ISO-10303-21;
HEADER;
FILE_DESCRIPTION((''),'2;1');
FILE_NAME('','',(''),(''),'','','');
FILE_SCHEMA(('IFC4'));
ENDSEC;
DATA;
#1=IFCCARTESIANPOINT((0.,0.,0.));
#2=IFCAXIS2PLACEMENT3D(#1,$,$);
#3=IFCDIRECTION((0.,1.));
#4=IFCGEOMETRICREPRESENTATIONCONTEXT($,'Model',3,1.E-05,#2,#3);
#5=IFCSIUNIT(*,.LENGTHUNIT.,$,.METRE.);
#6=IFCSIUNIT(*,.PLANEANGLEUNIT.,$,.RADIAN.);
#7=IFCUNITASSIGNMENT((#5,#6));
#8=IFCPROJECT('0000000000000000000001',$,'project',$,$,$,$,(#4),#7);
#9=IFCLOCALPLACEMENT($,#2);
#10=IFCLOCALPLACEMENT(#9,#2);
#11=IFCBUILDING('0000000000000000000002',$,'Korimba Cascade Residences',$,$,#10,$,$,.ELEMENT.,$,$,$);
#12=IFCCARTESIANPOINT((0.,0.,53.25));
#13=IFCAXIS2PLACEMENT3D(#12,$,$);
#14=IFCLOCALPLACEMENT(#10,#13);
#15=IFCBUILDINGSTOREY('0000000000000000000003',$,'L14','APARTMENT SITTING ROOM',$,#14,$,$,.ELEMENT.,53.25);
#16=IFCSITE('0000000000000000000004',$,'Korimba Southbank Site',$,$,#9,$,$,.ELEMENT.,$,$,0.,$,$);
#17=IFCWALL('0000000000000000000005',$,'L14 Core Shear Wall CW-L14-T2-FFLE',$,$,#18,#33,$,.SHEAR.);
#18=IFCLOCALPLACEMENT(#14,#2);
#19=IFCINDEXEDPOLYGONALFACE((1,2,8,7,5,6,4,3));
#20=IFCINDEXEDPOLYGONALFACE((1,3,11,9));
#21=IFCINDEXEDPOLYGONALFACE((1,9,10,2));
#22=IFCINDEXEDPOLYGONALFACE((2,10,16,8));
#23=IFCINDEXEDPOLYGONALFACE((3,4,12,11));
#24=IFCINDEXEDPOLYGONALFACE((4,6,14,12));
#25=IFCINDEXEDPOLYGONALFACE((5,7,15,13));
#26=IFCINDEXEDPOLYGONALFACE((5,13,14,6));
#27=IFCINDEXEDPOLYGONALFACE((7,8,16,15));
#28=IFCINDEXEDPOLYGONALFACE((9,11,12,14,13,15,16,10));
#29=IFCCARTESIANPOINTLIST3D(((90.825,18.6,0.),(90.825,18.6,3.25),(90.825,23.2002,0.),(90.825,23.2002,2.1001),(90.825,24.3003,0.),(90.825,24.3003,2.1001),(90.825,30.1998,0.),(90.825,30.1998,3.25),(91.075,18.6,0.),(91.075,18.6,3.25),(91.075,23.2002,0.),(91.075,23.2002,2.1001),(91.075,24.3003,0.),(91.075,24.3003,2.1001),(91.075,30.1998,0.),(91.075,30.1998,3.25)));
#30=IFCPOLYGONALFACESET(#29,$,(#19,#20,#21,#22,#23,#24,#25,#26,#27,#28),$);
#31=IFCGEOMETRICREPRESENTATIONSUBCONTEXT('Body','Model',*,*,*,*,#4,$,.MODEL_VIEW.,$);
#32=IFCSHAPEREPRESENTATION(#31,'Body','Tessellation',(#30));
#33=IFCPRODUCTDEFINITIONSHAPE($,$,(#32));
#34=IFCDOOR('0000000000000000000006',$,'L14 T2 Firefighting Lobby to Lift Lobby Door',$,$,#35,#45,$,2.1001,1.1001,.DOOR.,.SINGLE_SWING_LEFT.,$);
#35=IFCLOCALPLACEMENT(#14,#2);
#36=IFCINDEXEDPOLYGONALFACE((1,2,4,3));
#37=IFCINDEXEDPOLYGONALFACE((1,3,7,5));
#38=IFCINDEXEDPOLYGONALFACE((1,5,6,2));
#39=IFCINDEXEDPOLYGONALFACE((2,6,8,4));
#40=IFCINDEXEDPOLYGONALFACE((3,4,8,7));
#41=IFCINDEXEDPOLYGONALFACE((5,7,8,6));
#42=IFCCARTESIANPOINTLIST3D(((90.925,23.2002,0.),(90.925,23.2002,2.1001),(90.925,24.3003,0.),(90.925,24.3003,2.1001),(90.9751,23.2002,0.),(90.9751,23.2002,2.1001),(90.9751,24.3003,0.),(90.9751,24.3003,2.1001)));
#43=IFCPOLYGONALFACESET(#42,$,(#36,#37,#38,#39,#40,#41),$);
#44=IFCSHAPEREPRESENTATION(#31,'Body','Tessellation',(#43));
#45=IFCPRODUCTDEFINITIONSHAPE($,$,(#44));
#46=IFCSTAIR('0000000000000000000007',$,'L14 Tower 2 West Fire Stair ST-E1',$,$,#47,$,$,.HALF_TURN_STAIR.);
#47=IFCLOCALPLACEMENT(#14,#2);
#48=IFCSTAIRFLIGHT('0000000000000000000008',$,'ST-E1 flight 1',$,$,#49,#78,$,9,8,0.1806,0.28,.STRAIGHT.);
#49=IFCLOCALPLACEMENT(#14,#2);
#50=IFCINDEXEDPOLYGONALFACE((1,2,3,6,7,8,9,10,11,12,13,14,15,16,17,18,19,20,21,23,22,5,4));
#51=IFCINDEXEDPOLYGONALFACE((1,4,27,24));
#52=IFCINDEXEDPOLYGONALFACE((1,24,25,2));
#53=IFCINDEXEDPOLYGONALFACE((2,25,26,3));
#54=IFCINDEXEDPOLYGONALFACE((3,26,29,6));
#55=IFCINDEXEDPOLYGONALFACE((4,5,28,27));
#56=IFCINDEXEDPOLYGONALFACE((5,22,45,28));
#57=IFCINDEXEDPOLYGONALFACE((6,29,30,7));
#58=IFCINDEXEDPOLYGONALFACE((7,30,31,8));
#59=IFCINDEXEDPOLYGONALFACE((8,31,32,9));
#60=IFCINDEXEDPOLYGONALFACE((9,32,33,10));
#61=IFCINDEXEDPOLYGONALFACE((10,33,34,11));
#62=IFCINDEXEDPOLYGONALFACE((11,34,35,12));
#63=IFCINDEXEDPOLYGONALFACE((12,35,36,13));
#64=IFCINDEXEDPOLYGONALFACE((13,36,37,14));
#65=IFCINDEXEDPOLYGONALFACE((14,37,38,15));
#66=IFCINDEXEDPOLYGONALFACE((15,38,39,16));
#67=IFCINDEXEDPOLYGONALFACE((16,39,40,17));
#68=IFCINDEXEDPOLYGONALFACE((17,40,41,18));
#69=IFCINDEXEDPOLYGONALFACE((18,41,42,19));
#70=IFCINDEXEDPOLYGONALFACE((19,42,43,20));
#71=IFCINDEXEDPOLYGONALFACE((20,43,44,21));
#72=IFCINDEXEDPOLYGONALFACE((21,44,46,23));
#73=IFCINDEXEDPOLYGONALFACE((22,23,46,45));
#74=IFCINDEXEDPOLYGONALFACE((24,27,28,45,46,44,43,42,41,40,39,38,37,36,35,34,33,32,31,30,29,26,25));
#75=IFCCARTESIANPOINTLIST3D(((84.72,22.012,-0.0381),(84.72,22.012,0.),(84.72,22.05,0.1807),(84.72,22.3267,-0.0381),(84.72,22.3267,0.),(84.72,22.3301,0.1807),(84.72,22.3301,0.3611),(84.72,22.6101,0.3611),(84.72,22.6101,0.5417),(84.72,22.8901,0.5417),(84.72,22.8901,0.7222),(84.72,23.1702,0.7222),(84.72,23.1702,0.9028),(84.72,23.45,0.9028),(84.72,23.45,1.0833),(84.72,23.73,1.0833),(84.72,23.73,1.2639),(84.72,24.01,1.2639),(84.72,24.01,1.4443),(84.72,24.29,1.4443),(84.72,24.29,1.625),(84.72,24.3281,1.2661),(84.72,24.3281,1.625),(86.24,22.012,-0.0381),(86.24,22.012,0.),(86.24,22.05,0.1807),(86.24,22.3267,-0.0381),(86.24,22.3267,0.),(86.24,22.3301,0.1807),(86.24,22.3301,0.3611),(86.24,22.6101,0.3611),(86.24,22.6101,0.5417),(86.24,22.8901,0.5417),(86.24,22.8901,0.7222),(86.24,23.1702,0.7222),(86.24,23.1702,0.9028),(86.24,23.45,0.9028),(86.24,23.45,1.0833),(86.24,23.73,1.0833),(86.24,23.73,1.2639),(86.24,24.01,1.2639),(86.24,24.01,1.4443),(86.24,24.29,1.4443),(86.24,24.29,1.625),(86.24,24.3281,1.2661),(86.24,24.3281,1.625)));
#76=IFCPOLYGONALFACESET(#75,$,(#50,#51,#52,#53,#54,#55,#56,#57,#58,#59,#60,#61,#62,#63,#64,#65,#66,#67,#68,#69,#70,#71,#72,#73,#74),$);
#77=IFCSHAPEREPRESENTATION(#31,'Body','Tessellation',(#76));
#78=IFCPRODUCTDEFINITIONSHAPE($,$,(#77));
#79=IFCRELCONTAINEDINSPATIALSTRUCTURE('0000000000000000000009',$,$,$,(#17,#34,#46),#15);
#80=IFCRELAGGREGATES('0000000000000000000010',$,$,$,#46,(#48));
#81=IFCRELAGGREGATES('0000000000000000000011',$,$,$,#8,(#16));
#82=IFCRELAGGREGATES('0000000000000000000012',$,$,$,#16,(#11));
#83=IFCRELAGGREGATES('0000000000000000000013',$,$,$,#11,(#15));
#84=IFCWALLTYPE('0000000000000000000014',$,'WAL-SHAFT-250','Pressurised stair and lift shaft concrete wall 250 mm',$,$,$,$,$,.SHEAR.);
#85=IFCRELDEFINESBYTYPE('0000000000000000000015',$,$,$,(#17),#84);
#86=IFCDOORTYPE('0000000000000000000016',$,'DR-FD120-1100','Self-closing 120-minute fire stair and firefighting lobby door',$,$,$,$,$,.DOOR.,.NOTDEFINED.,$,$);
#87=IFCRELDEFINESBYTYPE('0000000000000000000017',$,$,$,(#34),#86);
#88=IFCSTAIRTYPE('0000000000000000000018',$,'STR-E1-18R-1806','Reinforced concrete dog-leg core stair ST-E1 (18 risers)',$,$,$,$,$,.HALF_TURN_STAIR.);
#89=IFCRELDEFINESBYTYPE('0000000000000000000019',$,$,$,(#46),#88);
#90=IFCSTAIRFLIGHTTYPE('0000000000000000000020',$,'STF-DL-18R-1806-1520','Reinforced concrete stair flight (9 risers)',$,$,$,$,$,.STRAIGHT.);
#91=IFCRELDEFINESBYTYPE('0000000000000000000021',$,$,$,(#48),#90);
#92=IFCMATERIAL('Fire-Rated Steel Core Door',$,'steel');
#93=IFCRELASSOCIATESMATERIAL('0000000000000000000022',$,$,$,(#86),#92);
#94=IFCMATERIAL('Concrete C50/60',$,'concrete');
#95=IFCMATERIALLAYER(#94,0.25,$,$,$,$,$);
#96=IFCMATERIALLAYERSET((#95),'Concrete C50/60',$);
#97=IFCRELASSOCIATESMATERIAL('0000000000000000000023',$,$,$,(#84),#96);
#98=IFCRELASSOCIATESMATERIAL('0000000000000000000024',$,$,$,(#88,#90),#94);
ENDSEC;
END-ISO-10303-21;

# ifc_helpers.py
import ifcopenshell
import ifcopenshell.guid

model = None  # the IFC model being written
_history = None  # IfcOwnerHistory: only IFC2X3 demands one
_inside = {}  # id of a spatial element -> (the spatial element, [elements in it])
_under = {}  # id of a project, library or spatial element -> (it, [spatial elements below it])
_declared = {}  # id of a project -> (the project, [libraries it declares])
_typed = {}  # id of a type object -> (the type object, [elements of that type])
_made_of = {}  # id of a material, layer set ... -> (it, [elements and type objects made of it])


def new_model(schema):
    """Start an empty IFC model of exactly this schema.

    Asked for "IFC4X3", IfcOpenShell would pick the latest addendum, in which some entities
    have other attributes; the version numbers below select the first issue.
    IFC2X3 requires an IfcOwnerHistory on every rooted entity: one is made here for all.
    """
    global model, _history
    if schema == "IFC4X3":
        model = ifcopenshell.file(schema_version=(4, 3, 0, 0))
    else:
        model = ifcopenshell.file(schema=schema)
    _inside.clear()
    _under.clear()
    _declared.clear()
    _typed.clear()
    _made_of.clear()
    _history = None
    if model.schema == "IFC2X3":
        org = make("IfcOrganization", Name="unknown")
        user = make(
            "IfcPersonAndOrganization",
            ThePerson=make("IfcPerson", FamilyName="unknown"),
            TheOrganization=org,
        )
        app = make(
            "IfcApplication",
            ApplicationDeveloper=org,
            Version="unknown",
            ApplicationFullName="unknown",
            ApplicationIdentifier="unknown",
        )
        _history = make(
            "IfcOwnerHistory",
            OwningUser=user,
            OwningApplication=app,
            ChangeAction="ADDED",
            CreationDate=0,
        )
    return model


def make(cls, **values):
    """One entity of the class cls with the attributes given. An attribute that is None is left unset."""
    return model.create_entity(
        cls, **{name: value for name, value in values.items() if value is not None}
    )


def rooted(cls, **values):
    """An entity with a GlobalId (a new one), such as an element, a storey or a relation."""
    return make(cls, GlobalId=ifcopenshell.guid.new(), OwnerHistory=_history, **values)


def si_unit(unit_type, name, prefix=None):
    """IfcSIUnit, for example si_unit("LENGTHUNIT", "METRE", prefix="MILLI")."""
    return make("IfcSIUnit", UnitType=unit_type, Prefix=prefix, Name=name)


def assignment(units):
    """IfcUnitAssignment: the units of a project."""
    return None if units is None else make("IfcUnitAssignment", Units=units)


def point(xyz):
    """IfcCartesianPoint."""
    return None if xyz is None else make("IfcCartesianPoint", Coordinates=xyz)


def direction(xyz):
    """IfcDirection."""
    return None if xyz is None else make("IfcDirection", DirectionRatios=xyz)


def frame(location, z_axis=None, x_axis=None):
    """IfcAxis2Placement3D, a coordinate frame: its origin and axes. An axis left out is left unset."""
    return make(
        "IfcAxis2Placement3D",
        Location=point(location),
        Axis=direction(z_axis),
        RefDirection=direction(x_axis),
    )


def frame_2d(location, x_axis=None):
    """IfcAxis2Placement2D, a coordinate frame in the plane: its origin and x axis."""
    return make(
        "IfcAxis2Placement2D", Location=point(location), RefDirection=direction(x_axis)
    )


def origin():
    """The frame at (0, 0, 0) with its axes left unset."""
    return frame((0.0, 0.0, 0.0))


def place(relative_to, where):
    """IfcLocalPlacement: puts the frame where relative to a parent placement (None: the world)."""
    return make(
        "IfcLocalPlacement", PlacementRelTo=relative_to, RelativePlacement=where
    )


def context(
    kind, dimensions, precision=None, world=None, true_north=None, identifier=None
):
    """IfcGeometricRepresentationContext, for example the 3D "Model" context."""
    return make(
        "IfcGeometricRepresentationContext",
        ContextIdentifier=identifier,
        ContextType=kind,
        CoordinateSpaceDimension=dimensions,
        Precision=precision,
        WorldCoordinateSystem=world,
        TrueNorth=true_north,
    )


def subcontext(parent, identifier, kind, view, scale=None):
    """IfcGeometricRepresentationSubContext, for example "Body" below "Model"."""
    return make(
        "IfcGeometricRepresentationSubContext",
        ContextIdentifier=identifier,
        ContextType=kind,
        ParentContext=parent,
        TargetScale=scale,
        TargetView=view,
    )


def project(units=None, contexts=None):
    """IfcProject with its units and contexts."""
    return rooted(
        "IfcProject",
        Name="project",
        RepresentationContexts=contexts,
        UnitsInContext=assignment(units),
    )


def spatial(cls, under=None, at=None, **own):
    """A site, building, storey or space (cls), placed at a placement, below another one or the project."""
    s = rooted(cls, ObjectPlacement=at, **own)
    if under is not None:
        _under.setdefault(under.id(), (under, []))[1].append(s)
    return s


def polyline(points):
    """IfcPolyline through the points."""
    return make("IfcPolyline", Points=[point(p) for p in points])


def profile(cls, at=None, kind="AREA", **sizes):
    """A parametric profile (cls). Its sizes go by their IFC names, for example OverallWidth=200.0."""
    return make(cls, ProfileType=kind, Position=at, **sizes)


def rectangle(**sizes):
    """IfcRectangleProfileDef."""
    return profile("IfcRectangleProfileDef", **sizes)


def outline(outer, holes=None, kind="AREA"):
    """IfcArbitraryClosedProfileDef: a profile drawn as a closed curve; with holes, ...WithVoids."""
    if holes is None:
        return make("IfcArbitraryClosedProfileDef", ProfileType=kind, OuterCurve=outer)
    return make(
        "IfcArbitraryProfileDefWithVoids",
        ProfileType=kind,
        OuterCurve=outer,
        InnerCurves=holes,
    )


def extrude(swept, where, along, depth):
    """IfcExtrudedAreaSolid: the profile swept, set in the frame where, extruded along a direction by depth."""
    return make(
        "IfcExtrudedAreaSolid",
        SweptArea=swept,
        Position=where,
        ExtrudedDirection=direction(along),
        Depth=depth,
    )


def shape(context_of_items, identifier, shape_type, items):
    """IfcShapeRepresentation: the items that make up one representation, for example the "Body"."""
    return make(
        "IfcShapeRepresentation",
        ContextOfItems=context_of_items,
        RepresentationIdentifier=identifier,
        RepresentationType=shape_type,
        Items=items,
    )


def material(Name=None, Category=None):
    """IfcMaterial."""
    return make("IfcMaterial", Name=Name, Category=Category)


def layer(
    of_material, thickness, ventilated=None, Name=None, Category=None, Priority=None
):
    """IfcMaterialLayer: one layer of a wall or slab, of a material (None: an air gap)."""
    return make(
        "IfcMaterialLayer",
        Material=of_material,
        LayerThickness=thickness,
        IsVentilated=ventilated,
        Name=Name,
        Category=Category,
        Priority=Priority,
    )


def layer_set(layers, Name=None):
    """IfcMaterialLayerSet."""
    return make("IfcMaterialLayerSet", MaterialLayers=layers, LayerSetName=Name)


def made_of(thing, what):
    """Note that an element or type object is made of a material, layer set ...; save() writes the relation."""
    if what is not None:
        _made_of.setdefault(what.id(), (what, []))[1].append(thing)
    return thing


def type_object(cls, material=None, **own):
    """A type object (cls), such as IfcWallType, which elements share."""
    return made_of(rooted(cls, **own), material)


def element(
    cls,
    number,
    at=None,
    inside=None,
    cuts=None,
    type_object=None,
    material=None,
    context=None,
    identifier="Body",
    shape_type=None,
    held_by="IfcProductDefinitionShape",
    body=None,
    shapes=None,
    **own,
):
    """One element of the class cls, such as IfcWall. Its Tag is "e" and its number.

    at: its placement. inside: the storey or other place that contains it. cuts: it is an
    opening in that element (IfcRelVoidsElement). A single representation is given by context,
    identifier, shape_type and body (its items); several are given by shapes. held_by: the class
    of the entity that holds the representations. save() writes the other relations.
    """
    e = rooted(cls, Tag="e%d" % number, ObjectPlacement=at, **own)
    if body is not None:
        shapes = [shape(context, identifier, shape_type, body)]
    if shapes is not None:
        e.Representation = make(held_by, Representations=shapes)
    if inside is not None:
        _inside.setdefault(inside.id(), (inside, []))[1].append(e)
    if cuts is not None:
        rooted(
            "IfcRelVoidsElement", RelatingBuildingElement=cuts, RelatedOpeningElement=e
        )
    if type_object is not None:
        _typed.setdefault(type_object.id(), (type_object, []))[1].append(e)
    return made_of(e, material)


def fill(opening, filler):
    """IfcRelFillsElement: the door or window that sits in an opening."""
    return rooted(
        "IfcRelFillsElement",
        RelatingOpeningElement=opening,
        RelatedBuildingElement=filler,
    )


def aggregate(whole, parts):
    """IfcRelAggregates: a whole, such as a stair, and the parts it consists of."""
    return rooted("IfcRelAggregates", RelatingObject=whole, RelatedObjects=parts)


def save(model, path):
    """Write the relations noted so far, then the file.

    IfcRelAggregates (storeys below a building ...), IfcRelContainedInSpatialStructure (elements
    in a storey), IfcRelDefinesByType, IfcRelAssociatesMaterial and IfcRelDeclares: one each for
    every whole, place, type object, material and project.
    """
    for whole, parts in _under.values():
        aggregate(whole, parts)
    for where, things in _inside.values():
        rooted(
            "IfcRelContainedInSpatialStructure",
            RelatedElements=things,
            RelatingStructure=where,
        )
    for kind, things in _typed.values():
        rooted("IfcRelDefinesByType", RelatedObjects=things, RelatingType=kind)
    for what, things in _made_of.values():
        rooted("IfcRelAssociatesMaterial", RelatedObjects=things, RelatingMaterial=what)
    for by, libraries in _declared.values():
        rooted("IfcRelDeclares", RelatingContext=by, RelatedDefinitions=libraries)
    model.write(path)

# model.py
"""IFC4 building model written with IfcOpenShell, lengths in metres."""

from ifc_helpers import new_model, si_unit, direction, frame, frame_2d, origin, place, context, subcontext, project, spatial, polyline, rectangle, outline, extrude, material, layer, layer_set, type_object, element, fill, aggregate, save


model = new_model("IFC4")

# Units and contexts
model_context = context("Model", 3, precision=1e-05, world=origin(), true_north=direction((0.0, 1.0)))
body_context = subcontext(model_context, "Body", "Model", "MODEL_VIEW")
ifc_project = project(units=[si_unit("LENGTHUNIT", "METRE"), si_unit("PLANEANGLEUNIT", "RADIAN")], contexts=[model_context])

# Site, building, storey
site_placement = place(None, origin())
site = spatial("IfcSite", under=ifc_project, at=site_placement, Name="Korimba Southbank Site", CompositionType="ELEMENT", RefElevation=0.0)
building_placement = place(site_placement, origin())
building = spatial("IfcBuilding", under=site, at=building_placement, Name="Korimba Cascade Residences", CompositionType="ELEMENT")
storey_placement = place(building_placement, frame((0.0, 0.0, 53.25)))
storey = spatial("IfcBuildingStorey", under=building, at=storey_placement, Name="L14", Description="APARTMENT SITTING ROOM", CompositionType="ELEMENT", Elevation=53.25)

# Shared definitions
ifc_material_1 = material(Name="Concrete C50/60", Category="concrete")

# Shared definitions
ifc_material_2 = material(Name="Fire-Rated Steel Core Door", Category="steel")
door_type_1 = type_object("IfcDoorType", Name="DR-FD120-1100", Description="Self-closing 120-minute fire stair and firefighting lobby door", OperationType="NOTDEFINED", PredefinedType="DOOR", material=ifc_material_2)

# Shared definitions
ifc_layer_1 = layer(ifc_material_1, 0.25)
ifc_layer_set_1 = layer_set([ifc_layer_1], Name="Concrete C50/60")
wall_type_1 = type_object("IfcWallType", Name="WAL-SHAFT-250", Description="Pressurised stair and lift shaft concrete wall 250 mm", PredefinedType="SHEAR", material=ifc_layer_set_1)

# Wall, opening, door
wall_1_placement = place(storey_placement, frame((90.95, 18.6001, 0.0), z_axis=(0.0, 0.0, 1.0), x_axis=(0.0, 1.0, 0.0)))
wall_1 = element("IfcWall", 1, at=wall_1_placement, inside=storey, type_object=wall_type_1, Name="L14 Core Shear Wall CW-L14-T2-FFLE", PredefinedType="SHEAR", context=body_context, shape_type="SweptSolid", body=[
    extrude(rectangle(XDim=11.5999, YDim=0.25, at=frame_2d((5.7998, 0.0))), origin(), (0.0, 0.0, 1.0), 3.25),
])
opening_1_placement = place(wall_1_placement, frame((4.6001, 0.0, 0.0)))
opening_1 = element("IfcOpeningElement", 2, at=opening_1_placement, cuts=wall_1, PredefinedType="OPENING", context=body_context, shape_type="SweptSolid", body=[
    extrude(rectangle(XDim=1.1001, YDim=2.1001, at=frame_2d((0.55, 1.05))), frame((0.0, 0.135, 0.0), z_axis=(0.0, -1.0, 0.0), x_axis=(1.0, 0.0, 0.0)), (0.0, 0.0, 1.0), 0.27),
])
door_1_placement = place(opening_1_placement, origin())
door_1 = element("IfcDoor", 3, at=door_1_placement, inside=storey, type_object=door_type_1, Name="L14 T2 Firefighting Lobby to Lift Lobby Door", OperationType="SINGLE_SWING_LEFT", OverallHeight=2.1001, OverallWidth=1.1001, PredefinedType="DOOR", context=body_context, shape_type="SweptSolid", body=[
    extrude(rectangle(XDim=1.1001, YDim=2.1001, at=frame_2d((0.55, 1.05))), frame((0.0, 0.0249, 0.0), z_axis=(0.0, -1.0, 0.0), x_axis=(1.0, 0.0, 0.0)), (0.0, 0.0, 1.0), 0.05),
])
fill(opening_1, door_1)

# Stair, stair flight
stair_type = type_object("IfcStairType", Name="STR-E1-18R-1806", Description="Reinforced concrete dog-leg core stair ST-E1 (18 risers)", PredefinedType="HALF_TURN_STAIR", material=ifc_material_1)
stair_placement = place(storey_placement, origin())
stair = element("IfcStair", 4, at=stair_placement, inside=storey, type_object=stair_type, Name="L14 Tower 2 West Fire Stair ST-E1", PredefinedType="HALF_TURN_STAIR")
stair_flight_type = type_object("IfcStairFlightType", Name="STF-DL-18R-1806-1520", Description="Reinforced concrete stair flight (9 risers)", PredefinedType="STRAIGHT", material=ifc_material_1)
stair_flight_placement = place(storey_placement, frame((85.48, 22.05, 0.0), z_axis=(0.0, 0.0, 1.0), x_axis=(0.0, 1.0, 0.0)))
stair_flight = element("IfcStairFlight", 5, at=stair_flight_placement, type_object=stair_flight_type, Name="ST-E1 flight 1", NumberOfRisers=9, NumberOfTreads=8, PredefinedType="STRAIGHT", RiserHeight=0.1806, TreadLength=0.28, context=body_context, shape_type="SweptSolid", body=[
    extrude(outline(polyline([(-0.0381, 0.0), (0.0, 0.1807), (0.28, 0.1807), (0.28, 0.3611), (0.5601, 0.3611), (0.5601, 0.5417), (0.8401, 0.5417), (0.8401, 0.7222), (1.1201, 0.7222), (1.1201, 0.9028), (1.3999, 0.9028), (1.3999, 1.0833), (1.6799, 1.0833), (1.6799, 1.2639), (1.96, 1.2639), (1.96, 1.4443), (2.24, 1.4443), (2.24, 1.625), (2.2781, 1.625), (2.2781, 1.2661), (0.2766, 0.0), (0.2766, -0.0381), (-0.0381, -0.0381), (-0.0381, 0.0)])), frame((0.0, 0.76, 0.0), z_axis=(0.0, -1.0, 0.0), x_axis=(1.0, 0.0, 0.0)), (0.0, 0.0, 1.0), 1.52),
])
aggregate(stair, [stair_flight])

save(model, "model.ifc")
